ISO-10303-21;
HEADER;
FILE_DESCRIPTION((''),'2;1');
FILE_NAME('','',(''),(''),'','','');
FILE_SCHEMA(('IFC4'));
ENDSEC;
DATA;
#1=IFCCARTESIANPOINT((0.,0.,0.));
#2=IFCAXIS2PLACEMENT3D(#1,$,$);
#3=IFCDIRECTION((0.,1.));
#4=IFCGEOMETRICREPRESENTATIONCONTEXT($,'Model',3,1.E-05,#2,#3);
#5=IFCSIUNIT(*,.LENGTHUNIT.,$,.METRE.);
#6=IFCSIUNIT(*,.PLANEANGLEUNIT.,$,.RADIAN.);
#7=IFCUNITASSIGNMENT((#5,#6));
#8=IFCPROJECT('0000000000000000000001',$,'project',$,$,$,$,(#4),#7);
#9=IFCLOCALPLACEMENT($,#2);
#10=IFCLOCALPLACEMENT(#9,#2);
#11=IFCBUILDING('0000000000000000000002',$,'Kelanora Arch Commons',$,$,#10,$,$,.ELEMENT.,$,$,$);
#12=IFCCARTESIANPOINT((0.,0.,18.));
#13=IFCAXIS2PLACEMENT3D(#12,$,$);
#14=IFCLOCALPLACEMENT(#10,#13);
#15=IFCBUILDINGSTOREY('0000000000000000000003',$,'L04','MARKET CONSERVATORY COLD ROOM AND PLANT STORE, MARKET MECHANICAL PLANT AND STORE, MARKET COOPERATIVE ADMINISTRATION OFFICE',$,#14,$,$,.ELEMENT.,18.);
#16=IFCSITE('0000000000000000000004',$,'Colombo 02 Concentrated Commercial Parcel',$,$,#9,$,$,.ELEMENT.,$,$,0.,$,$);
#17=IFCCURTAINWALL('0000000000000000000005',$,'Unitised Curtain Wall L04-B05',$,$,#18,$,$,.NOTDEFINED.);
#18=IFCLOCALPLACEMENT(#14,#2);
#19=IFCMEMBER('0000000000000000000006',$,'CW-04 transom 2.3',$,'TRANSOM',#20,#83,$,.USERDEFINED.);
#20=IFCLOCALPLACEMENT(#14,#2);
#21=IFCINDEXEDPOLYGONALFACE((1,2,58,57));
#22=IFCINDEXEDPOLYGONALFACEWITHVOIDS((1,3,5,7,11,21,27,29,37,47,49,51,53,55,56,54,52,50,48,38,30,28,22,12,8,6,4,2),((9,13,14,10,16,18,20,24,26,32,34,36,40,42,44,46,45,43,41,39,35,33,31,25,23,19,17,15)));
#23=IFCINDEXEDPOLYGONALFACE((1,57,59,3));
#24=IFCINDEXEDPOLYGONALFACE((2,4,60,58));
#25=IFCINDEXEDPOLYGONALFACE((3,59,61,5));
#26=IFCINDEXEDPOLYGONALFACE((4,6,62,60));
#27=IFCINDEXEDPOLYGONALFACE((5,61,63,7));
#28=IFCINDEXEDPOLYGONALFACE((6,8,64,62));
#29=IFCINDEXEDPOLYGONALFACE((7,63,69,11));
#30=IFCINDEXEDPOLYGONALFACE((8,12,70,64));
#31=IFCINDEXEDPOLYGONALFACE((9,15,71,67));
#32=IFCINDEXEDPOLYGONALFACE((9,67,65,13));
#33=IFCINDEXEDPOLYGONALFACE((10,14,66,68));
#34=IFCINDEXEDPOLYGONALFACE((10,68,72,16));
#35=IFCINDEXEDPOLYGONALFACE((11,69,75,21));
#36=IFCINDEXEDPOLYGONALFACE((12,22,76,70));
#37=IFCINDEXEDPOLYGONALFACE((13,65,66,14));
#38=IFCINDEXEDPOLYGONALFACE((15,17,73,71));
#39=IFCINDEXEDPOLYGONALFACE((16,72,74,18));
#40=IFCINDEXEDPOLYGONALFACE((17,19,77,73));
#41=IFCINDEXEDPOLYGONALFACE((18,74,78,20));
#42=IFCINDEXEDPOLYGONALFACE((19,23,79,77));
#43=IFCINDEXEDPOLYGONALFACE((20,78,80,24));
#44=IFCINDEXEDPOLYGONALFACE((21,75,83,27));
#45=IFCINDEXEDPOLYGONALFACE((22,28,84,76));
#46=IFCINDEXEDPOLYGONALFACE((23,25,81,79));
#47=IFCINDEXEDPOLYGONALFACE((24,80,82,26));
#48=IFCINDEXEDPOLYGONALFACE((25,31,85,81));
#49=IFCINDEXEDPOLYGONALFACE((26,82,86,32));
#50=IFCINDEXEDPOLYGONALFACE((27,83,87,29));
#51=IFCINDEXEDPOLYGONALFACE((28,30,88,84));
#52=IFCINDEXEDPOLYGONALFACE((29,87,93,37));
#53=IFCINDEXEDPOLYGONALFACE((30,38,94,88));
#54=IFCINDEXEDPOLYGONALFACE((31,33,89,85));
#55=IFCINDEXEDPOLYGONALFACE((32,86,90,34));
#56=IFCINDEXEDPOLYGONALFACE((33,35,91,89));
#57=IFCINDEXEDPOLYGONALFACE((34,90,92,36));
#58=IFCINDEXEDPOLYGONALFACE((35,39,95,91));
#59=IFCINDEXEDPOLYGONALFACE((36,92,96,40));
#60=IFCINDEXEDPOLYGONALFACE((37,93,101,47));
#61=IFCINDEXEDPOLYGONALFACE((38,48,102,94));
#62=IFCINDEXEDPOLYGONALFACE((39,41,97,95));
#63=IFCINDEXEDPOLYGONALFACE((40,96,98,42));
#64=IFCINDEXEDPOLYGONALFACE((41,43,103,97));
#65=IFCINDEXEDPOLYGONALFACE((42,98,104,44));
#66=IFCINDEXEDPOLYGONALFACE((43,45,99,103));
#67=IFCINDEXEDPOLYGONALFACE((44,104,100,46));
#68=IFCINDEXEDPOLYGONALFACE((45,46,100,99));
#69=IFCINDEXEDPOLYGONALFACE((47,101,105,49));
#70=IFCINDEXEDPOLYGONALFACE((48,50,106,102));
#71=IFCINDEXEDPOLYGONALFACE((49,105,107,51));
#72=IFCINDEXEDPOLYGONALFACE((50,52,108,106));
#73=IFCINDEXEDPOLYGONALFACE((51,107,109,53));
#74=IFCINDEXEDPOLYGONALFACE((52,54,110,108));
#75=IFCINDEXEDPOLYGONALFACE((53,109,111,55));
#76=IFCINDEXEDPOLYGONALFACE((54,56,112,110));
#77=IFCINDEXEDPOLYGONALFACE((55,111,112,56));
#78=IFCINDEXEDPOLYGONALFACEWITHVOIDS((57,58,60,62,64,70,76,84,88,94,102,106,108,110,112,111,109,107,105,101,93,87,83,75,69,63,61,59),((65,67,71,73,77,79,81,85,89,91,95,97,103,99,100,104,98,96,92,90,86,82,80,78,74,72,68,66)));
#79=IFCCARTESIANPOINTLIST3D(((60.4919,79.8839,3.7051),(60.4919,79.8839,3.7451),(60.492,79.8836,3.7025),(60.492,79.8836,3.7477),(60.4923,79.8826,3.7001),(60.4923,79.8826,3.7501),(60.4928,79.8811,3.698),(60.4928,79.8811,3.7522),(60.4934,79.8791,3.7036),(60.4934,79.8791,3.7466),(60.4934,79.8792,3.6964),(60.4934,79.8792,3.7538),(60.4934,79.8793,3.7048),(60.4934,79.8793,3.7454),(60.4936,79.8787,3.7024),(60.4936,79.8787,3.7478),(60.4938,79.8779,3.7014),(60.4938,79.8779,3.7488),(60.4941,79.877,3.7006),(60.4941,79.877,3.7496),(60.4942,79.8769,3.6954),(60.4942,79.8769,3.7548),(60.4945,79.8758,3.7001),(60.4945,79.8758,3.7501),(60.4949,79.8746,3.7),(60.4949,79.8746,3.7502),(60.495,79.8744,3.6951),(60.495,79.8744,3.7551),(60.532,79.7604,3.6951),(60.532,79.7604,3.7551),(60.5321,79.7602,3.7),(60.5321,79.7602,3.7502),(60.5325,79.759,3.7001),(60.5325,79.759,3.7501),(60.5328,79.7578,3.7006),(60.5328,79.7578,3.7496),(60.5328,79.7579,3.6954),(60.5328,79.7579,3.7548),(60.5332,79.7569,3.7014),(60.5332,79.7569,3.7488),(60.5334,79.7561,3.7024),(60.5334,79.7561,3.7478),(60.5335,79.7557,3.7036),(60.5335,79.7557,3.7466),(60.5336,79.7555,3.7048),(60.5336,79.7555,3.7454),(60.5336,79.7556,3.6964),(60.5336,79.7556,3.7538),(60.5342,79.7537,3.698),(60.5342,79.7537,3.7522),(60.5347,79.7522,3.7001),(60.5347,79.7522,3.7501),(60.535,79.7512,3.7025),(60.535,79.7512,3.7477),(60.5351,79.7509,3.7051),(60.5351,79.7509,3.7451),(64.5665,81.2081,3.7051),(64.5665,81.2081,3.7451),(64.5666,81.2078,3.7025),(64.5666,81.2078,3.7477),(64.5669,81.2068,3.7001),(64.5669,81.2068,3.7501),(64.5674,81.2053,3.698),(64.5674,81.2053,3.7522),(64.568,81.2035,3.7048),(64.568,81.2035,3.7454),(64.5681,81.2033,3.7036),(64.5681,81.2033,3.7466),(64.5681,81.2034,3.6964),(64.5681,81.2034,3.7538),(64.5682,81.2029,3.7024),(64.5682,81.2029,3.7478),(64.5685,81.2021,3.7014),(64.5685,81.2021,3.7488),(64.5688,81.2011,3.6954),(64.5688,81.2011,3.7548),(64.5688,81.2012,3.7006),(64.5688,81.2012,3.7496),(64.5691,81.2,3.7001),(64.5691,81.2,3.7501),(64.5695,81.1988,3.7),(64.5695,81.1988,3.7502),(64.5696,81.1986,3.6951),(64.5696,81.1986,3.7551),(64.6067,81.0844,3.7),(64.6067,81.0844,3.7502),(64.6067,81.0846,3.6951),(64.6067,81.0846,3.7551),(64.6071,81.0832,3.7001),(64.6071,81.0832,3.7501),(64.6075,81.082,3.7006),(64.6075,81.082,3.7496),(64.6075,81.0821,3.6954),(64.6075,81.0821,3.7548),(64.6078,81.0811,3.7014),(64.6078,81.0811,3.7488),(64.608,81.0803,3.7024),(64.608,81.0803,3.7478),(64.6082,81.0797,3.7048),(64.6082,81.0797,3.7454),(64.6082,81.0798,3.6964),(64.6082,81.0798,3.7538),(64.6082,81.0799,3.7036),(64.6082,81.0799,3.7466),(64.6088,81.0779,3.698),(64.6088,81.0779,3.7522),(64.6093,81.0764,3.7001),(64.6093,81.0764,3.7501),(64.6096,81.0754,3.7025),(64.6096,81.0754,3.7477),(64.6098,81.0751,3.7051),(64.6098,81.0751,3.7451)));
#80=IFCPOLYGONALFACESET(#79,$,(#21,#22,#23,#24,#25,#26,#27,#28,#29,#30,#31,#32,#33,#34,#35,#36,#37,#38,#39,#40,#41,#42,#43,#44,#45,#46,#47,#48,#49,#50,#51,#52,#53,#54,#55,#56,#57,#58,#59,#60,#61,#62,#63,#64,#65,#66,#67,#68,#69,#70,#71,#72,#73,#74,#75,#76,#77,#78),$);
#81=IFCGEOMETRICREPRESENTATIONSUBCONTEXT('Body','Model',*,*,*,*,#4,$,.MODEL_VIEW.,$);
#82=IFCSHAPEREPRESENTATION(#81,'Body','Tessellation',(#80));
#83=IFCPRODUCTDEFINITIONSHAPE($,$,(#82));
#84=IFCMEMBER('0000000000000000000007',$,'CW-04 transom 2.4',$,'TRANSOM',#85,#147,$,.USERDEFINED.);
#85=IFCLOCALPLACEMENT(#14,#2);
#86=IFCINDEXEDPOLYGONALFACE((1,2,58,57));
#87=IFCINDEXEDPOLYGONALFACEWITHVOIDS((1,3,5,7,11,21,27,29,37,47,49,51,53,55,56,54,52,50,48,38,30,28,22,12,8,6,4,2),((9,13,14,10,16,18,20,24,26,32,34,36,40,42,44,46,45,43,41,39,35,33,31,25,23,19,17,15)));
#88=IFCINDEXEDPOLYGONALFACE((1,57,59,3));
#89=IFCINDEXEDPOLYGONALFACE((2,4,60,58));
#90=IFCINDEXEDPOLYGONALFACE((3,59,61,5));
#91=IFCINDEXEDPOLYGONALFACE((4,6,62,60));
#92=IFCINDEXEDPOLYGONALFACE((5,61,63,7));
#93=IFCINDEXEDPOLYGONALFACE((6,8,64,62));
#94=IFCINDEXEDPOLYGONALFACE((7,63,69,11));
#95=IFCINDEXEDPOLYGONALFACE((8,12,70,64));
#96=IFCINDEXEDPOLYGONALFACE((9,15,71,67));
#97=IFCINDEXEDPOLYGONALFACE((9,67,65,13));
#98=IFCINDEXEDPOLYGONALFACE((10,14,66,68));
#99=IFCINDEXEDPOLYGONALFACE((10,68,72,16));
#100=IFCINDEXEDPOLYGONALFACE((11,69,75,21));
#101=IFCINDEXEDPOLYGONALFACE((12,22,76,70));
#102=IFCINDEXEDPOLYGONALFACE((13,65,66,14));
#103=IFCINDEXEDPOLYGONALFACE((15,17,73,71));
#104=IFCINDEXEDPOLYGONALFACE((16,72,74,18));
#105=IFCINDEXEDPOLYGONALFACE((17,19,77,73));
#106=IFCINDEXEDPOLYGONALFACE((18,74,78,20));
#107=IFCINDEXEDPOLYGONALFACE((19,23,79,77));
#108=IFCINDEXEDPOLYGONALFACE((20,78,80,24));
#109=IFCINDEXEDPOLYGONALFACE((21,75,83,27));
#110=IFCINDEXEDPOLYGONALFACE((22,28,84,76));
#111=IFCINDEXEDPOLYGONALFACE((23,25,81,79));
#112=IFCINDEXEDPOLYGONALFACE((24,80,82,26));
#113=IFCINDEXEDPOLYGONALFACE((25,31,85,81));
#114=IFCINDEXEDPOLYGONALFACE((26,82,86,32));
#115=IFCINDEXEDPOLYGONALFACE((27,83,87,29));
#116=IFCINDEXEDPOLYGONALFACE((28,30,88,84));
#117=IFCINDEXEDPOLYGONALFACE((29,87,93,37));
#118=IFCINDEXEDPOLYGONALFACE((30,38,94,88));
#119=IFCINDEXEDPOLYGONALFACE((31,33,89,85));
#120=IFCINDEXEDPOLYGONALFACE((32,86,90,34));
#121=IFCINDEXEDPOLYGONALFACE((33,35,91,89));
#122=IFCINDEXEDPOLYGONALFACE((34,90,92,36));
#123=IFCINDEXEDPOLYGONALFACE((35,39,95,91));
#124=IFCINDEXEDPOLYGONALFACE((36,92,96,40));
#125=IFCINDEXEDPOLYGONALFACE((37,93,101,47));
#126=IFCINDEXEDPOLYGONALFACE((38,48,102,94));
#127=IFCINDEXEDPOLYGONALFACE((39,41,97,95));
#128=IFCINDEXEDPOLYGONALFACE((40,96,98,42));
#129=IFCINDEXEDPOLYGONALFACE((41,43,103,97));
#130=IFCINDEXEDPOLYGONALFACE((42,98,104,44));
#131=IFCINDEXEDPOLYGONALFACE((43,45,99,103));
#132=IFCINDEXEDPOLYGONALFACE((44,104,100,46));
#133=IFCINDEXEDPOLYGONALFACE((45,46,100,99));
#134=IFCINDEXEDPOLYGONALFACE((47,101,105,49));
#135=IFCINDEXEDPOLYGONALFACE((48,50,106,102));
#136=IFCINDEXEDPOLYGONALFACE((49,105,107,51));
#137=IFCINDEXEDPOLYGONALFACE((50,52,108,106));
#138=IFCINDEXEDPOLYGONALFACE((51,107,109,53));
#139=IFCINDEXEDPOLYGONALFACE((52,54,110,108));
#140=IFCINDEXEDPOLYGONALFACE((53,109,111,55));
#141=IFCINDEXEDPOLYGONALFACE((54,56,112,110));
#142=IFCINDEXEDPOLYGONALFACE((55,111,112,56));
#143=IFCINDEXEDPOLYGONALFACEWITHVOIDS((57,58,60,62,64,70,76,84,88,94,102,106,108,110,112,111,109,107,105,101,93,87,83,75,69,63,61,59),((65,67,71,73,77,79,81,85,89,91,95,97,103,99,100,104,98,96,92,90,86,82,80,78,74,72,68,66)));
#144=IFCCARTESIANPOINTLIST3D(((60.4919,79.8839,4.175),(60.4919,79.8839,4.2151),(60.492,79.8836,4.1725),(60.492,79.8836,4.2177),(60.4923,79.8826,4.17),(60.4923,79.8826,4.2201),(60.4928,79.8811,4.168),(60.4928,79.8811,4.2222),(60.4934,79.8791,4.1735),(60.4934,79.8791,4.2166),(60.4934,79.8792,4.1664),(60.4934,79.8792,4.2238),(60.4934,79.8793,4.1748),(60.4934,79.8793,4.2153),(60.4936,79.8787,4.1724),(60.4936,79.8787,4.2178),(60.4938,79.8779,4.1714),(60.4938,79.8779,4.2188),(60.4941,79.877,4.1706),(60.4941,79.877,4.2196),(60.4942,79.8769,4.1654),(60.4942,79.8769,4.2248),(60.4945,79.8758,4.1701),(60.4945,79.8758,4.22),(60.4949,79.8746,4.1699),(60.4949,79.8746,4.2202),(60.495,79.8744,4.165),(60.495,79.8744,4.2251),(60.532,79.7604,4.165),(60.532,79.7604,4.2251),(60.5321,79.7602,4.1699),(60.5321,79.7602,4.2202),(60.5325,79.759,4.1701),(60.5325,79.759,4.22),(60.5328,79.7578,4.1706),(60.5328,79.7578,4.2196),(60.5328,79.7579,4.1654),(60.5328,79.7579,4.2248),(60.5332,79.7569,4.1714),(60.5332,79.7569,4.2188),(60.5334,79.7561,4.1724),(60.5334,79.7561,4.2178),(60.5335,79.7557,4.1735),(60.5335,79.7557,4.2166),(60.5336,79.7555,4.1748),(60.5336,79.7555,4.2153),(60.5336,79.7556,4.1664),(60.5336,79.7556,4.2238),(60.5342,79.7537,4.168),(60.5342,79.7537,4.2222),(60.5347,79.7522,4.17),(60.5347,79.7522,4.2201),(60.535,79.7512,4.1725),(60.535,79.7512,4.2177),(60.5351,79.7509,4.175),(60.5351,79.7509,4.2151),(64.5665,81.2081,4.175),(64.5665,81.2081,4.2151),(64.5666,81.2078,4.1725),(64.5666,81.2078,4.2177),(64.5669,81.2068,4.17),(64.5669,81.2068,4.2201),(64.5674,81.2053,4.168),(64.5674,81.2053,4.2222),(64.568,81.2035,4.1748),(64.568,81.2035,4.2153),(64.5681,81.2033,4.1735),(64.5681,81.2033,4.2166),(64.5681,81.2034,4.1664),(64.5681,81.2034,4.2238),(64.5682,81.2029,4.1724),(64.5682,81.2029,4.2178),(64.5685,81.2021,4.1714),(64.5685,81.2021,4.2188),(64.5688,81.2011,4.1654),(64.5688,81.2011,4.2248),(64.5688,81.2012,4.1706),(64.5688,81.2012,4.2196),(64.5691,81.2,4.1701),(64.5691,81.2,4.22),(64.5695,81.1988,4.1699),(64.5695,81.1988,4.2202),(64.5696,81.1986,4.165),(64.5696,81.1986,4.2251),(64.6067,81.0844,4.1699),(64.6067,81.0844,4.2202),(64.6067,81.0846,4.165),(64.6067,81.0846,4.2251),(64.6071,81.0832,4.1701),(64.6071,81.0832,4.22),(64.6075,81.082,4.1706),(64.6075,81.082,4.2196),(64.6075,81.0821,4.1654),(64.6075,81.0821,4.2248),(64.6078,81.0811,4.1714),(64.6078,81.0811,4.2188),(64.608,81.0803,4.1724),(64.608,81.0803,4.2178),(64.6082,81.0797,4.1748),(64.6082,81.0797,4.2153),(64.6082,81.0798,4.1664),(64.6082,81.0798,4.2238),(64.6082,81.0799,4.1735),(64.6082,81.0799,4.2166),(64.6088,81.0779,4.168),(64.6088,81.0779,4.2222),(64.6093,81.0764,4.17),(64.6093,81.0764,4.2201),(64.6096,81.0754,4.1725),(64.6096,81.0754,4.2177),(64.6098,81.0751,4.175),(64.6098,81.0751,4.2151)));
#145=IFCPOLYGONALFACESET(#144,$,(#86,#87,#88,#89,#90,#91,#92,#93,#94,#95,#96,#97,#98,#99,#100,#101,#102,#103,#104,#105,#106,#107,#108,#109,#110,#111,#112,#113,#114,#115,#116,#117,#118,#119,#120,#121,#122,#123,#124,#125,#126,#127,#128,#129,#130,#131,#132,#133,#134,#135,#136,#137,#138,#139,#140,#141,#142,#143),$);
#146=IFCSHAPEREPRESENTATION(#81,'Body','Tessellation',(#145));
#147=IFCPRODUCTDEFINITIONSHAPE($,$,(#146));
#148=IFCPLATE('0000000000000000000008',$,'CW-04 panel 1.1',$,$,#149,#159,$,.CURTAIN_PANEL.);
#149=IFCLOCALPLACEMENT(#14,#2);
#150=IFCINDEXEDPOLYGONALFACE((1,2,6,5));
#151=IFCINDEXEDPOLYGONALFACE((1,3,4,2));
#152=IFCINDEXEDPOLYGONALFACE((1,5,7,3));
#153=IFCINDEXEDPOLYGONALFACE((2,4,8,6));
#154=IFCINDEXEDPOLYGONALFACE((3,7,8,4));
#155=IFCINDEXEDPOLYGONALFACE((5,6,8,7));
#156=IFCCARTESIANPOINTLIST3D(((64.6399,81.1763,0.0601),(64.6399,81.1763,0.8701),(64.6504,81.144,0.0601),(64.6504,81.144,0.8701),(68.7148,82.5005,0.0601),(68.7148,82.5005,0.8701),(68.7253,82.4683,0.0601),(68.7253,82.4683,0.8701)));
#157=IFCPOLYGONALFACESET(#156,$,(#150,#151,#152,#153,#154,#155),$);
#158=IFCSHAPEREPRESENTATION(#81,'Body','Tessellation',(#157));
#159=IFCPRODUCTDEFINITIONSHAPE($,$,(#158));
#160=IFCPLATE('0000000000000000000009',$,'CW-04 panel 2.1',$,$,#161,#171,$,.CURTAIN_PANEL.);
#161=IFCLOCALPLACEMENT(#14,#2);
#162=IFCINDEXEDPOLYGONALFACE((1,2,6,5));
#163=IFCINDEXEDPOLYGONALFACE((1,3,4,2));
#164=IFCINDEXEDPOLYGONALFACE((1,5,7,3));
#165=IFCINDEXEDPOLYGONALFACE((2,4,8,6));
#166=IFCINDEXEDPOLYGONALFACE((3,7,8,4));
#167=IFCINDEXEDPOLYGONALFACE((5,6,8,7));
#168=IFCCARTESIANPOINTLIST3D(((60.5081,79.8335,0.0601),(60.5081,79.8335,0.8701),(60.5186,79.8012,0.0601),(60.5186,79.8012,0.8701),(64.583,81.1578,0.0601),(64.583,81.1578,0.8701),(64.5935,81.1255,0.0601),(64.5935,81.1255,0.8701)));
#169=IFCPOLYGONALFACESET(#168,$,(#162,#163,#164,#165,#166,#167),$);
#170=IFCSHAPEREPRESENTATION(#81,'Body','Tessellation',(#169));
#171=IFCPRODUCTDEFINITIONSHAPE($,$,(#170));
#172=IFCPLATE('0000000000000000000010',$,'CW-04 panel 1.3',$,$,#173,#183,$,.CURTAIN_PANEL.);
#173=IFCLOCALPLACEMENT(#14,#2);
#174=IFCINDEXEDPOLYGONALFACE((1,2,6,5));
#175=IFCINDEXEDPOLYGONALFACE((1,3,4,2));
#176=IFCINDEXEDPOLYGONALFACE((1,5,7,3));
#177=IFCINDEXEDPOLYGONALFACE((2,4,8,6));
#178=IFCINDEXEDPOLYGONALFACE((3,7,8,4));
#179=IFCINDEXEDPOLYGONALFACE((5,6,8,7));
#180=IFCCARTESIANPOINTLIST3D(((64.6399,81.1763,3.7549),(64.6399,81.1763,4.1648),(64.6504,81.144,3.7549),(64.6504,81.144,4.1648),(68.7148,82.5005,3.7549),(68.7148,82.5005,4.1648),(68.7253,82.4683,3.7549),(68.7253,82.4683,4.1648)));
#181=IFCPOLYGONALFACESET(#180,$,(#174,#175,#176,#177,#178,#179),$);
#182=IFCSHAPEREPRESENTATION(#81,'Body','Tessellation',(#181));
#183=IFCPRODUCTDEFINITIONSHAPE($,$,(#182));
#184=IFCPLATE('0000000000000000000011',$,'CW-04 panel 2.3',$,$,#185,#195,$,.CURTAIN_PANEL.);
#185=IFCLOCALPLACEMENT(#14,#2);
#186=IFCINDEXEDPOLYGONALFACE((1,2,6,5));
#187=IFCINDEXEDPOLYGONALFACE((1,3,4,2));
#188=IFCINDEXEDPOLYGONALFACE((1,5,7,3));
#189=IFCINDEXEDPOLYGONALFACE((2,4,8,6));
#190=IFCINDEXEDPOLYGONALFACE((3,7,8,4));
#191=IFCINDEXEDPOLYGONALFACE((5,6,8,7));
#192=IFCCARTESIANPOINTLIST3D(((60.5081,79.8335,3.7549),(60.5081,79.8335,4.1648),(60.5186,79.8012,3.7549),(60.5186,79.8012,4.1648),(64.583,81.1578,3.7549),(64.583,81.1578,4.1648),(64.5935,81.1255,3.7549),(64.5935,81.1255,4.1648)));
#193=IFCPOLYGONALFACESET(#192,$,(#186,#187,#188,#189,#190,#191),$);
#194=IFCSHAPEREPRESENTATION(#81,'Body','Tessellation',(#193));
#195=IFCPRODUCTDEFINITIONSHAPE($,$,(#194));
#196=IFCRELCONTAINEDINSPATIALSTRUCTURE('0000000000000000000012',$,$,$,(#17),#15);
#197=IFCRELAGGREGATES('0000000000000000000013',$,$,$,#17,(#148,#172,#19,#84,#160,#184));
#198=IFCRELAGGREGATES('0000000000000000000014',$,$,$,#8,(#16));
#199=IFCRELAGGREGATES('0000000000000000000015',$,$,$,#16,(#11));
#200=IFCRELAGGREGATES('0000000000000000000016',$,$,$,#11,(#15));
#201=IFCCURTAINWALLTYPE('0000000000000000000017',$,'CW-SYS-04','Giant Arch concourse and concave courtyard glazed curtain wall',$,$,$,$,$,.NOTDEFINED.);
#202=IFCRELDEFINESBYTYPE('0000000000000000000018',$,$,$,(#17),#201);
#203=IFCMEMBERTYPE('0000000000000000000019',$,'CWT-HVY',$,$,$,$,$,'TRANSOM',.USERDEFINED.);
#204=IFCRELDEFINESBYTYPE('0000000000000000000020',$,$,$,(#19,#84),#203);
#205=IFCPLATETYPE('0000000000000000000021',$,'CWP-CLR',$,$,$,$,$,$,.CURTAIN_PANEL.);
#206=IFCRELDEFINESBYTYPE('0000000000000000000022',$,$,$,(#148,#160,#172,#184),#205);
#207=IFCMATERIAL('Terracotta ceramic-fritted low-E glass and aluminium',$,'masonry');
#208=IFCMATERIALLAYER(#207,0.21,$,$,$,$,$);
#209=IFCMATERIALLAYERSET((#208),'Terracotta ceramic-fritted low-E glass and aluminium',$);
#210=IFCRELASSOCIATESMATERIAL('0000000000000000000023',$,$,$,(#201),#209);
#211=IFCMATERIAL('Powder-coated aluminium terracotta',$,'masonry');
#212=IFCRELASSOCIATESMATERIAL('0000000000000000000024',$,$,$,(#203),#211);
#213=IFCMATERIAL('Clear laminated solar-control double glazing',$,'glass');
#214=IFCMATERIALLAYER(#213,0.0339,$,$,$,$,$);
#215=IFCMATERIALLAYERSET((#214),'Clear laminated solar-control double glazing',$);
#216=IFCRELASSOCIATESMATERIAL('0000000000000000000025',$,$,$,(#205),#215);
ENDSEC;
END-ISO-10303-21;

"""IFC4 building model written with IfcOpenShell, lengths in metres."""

from ifc_helpers import new_model, si_unit, direction, frame, origin, origin_2d, place, context, subcontext, project, spatial, rectangle, hollow_rectangle, extrude, source, transform, mapped, material, layer, layer_set, material_profile, profile_set, type_object, element, aggregate, save


model = new_model("IFC4")

# Units and contexts
model_context = context("Model", 3, precision=1e-05, world=origin(), true_north=direction((0.0, 1.0)))
body_context = subcontext(model_context, "Body", "Model", "MODEL_VIEW")
ifc_project = project(units=[si_unit("LENGTHUNIT", "METRE"), si_unit("PLANEANGLEUNIT", "RADIAN")], contexts=[model_context])

# Site, building, storey
site_placement = place(None, origin())
site = spatial("IfcSite", under=ifc_project, at=site_placement, Name="Colombo 02 Concentrated Commercial Parcel", CompositionType="ELEMENT", RefElevation=0.0)
building_placement = place(site_placement, origin())
building = spatial("IfcBuilding", under=site, at=building_placement, Name="Kelanora Arch Commons", CompositionType="ELEMENT")
storey_placement = place(building_placement, frame((0.0, 0.0, 18.0)))
storey = spatial("IfcBuildingStorey", under=building, at=storey_placement, Name="L04", Description="MARKET CONSERVATORY COLD ROOM AND PLANT STORE, MARKET MECHANICAL PLANT AND STORE, MARKET COOPERATIVE ADMINISTRATION OFFICE", CompositionType="ELEMENT", Elevation=18.0)

# Curtain wall, members, plates
ifc_material_1 = material(Name="Terracotta ceramic-fritted low-E glass and aluminium", Category="masonry")
ifc_layer_1 = layer(ifc_material_1, 0.21)
ifc_layer_set_1 = layer_set([ifc_layer_1], Name="Terracotta ceramic-fritted low-E glass and aluminium")
curtain_wall_type = type_object("IfcCurtainWallType", Name="CW-SYS-04", Description="Giant Arch concourse and concave courtyard glazed curtain wall", PredefinedType="NOTDEFINED", material=ifc_layer_set_1)
curtain_wall_placement = place(storey_placement, origin())
curtain_wall = element("IfcCurtainWall", 1, at=curtain_wall_placement, inside=storey, type_object=curtain_wall_type, Name="Unitised Curtain Wall L04-B05", PredefinedType="NOTDEFINED")
ifc_material_2 = material(Name="Powder-coated aluminium terracotta", Category="masonry")
ifc_material_profile_1 = material_profile(ifc_material_2, hollow_rectangle(XDim=0.1399, YDim=0.0601, WallThickness=0.0049, InnerFilletRadius=0.0049, OuterFilletRadius=0.01, at=origin_2d()), Name="CWT140x60")
ifc_profile_set_1 = profile_set([ifc_material_profile_1], Name="Powder-coated aluminium terracotta")
member_type_1 = type_object("IfcMemberType", Name="CWT-HVY", ElementType="TRANSOM", PredefinedType="USERDEFINED", material=ifc_profile_set_1)
member_1_placement = place(storey_placement, frame((64.5881, 81.1416, 3.7251), z_axis=(-0.951038, -0.309073, 0.0), x_axis=(0.309073, -0.951038, 0.0)))
member_1 = element("IfcMember", 2, at=member_1_placement, type_object=member_type_1, Name="CW-04 transom 2.3", ObjectType="TRANSOM", PredefinedType="USERDEFINED", context=body_context, shape_type="SweptSolid", body=[
    extrude(hollow_rectangle(XDim=0.1399, YDim=0.0601, WallThickness=0.0049, InnerFilletRadius=0.0049, OuterFilletRadius=0.01, at=origin_2d()), origin(), (0.0, 0.0, 1.0), 4.2844),
])
member_2_placement = place(storey_placement, frame((64.5881, 81.1416, 4.1951), z_axis=(-0.951038, -0.309073, 0.0), x_axis=(0.309073, -0.951038, 0.0)))
member_2 = element("IfcMember", 3, at=member_2_placement, type_object=member_type_1, Name="CW-04 transom 2.4", ObjectType="TRANSOM", PredefinedType="USERDEFINED", context=body_context, shape_type="SweptSolid", body=[
    extrude(hollow_rectangle(XDim=0.1399, YDim=0.0601, WallThickness=0.0049, InnerFilletRadius=0.0049, OuterFilletRadius=0.01, at=origin_2d()), origin(), (0.0, 0.0, 1.0), 4.2844),
])
ifc_material_3 = material(Name="Clear laminated solar-control double glazing", Category="glass")
ifc_layer_2 = layer(ifc_material_3, 0.0339)
ifc_layer_set_2 = layer_set([ifc_layer_2], Name="Clear laminated solar-control double glazing")
plate_type = type_object("IfcPlateType", Name="CWP-CLR", PredefinedType="CURTAIN_PANEL", material=ifc_layer_set_2)
shared_shape_1 = source(origin(), body_context, "Body", "SweptSolid", [
    extrude(rectangle(XDim=4.2847, YDim=0.0339, at=origin_2d()), origin(), (0.0, 0.0, 1.0), 0.8101),
])
plate_1_placement = place(storey_placement, frame((66.6826, 81.8223, 0.0601), z_axis=(0.0, 0.0, 1.0), x_axis=(-0.951039, -0.30907, 0.0)))
plate_1 = element("IfcPlate", 4, at=plate_1_placement, type_object=plate_type, Name="CW-04 panel 1.1", PredefinedType="CURTAIN_PANEL", context=body_context, shape_type="MappedRepresentation", body=[
    mapped(shared_shape_1, transform((0.0, 0.0, 0.0), scale=1.0)),
])
plate_2_placement = place(storey_placement, frame((62.5508, 80.4795, 0.0601), z_axis=(0.0, 0.0, 1.0), x_axis=(-0.951039, -0.30907, 0.0)))
plate_2 = element("IfcPlate", 5, at=plate_2_placement, type_object=plate_type, Name="CW-04 panel 2.1", PredefinedType="CURTAIN_PANEL", context=body_context, shape_type="MappedRepresentation", body=[
    mapped(shared_shape_1, transform((0.0, 0.0, 0.0), scale=1.0)),
])
shared_shape_2 = source(origin(), body_context, "Body", "SweptSolid", [
    extrude(rectangle(XDim=4.2847, YDim=0.0339, at=origin_2d()), origin(), (0.0, 0.0, 1.0), 0.4099),
])
plate_3_placement = place(storey_placement, frame((66.6826, 81.8223, 3.7549), z_axis=(0.0, 0.0, 1.0), x_axis=(-0.951039, -0.30907, 0.0)))
plate_3 = element("IfcPlate", 6, at=plate_3_placement, type_object=plate_type, Name="CW-04 panel 1.3", PredefinedType="CURTAIN_PANEL", context=body_context, shape_type="MappedRepresentation", body=[
    mapped(shared_shape_2, transform((0.0, 0.0, 0.0), scale=1.0)),
])
plate_4_placement = place(storey_placement, frame((62.5508, 80.4795, 3.7549), z_axis=(0.0, 0.0, 1.0), x_axis=(-0.951039, -0.30907, 0.0)))
plate_4 = element("IfcPlate", 7, at=plate_4_placement, type_object=plate_type, Name="CW-04 panel 2.3", PredefinedType="CURTAIN_PANEL", context=body_context, shape_type="MappedRepresentation", body=[
    mapped(shared_shape_2, transform((0.0, 0.0, 0.0), scale=1.0)),
])
aggregate(curtain_wall, [plate_1, plate_3, member_1, member_2, plate_2, plate_4])

save(model, "model.ifc")
